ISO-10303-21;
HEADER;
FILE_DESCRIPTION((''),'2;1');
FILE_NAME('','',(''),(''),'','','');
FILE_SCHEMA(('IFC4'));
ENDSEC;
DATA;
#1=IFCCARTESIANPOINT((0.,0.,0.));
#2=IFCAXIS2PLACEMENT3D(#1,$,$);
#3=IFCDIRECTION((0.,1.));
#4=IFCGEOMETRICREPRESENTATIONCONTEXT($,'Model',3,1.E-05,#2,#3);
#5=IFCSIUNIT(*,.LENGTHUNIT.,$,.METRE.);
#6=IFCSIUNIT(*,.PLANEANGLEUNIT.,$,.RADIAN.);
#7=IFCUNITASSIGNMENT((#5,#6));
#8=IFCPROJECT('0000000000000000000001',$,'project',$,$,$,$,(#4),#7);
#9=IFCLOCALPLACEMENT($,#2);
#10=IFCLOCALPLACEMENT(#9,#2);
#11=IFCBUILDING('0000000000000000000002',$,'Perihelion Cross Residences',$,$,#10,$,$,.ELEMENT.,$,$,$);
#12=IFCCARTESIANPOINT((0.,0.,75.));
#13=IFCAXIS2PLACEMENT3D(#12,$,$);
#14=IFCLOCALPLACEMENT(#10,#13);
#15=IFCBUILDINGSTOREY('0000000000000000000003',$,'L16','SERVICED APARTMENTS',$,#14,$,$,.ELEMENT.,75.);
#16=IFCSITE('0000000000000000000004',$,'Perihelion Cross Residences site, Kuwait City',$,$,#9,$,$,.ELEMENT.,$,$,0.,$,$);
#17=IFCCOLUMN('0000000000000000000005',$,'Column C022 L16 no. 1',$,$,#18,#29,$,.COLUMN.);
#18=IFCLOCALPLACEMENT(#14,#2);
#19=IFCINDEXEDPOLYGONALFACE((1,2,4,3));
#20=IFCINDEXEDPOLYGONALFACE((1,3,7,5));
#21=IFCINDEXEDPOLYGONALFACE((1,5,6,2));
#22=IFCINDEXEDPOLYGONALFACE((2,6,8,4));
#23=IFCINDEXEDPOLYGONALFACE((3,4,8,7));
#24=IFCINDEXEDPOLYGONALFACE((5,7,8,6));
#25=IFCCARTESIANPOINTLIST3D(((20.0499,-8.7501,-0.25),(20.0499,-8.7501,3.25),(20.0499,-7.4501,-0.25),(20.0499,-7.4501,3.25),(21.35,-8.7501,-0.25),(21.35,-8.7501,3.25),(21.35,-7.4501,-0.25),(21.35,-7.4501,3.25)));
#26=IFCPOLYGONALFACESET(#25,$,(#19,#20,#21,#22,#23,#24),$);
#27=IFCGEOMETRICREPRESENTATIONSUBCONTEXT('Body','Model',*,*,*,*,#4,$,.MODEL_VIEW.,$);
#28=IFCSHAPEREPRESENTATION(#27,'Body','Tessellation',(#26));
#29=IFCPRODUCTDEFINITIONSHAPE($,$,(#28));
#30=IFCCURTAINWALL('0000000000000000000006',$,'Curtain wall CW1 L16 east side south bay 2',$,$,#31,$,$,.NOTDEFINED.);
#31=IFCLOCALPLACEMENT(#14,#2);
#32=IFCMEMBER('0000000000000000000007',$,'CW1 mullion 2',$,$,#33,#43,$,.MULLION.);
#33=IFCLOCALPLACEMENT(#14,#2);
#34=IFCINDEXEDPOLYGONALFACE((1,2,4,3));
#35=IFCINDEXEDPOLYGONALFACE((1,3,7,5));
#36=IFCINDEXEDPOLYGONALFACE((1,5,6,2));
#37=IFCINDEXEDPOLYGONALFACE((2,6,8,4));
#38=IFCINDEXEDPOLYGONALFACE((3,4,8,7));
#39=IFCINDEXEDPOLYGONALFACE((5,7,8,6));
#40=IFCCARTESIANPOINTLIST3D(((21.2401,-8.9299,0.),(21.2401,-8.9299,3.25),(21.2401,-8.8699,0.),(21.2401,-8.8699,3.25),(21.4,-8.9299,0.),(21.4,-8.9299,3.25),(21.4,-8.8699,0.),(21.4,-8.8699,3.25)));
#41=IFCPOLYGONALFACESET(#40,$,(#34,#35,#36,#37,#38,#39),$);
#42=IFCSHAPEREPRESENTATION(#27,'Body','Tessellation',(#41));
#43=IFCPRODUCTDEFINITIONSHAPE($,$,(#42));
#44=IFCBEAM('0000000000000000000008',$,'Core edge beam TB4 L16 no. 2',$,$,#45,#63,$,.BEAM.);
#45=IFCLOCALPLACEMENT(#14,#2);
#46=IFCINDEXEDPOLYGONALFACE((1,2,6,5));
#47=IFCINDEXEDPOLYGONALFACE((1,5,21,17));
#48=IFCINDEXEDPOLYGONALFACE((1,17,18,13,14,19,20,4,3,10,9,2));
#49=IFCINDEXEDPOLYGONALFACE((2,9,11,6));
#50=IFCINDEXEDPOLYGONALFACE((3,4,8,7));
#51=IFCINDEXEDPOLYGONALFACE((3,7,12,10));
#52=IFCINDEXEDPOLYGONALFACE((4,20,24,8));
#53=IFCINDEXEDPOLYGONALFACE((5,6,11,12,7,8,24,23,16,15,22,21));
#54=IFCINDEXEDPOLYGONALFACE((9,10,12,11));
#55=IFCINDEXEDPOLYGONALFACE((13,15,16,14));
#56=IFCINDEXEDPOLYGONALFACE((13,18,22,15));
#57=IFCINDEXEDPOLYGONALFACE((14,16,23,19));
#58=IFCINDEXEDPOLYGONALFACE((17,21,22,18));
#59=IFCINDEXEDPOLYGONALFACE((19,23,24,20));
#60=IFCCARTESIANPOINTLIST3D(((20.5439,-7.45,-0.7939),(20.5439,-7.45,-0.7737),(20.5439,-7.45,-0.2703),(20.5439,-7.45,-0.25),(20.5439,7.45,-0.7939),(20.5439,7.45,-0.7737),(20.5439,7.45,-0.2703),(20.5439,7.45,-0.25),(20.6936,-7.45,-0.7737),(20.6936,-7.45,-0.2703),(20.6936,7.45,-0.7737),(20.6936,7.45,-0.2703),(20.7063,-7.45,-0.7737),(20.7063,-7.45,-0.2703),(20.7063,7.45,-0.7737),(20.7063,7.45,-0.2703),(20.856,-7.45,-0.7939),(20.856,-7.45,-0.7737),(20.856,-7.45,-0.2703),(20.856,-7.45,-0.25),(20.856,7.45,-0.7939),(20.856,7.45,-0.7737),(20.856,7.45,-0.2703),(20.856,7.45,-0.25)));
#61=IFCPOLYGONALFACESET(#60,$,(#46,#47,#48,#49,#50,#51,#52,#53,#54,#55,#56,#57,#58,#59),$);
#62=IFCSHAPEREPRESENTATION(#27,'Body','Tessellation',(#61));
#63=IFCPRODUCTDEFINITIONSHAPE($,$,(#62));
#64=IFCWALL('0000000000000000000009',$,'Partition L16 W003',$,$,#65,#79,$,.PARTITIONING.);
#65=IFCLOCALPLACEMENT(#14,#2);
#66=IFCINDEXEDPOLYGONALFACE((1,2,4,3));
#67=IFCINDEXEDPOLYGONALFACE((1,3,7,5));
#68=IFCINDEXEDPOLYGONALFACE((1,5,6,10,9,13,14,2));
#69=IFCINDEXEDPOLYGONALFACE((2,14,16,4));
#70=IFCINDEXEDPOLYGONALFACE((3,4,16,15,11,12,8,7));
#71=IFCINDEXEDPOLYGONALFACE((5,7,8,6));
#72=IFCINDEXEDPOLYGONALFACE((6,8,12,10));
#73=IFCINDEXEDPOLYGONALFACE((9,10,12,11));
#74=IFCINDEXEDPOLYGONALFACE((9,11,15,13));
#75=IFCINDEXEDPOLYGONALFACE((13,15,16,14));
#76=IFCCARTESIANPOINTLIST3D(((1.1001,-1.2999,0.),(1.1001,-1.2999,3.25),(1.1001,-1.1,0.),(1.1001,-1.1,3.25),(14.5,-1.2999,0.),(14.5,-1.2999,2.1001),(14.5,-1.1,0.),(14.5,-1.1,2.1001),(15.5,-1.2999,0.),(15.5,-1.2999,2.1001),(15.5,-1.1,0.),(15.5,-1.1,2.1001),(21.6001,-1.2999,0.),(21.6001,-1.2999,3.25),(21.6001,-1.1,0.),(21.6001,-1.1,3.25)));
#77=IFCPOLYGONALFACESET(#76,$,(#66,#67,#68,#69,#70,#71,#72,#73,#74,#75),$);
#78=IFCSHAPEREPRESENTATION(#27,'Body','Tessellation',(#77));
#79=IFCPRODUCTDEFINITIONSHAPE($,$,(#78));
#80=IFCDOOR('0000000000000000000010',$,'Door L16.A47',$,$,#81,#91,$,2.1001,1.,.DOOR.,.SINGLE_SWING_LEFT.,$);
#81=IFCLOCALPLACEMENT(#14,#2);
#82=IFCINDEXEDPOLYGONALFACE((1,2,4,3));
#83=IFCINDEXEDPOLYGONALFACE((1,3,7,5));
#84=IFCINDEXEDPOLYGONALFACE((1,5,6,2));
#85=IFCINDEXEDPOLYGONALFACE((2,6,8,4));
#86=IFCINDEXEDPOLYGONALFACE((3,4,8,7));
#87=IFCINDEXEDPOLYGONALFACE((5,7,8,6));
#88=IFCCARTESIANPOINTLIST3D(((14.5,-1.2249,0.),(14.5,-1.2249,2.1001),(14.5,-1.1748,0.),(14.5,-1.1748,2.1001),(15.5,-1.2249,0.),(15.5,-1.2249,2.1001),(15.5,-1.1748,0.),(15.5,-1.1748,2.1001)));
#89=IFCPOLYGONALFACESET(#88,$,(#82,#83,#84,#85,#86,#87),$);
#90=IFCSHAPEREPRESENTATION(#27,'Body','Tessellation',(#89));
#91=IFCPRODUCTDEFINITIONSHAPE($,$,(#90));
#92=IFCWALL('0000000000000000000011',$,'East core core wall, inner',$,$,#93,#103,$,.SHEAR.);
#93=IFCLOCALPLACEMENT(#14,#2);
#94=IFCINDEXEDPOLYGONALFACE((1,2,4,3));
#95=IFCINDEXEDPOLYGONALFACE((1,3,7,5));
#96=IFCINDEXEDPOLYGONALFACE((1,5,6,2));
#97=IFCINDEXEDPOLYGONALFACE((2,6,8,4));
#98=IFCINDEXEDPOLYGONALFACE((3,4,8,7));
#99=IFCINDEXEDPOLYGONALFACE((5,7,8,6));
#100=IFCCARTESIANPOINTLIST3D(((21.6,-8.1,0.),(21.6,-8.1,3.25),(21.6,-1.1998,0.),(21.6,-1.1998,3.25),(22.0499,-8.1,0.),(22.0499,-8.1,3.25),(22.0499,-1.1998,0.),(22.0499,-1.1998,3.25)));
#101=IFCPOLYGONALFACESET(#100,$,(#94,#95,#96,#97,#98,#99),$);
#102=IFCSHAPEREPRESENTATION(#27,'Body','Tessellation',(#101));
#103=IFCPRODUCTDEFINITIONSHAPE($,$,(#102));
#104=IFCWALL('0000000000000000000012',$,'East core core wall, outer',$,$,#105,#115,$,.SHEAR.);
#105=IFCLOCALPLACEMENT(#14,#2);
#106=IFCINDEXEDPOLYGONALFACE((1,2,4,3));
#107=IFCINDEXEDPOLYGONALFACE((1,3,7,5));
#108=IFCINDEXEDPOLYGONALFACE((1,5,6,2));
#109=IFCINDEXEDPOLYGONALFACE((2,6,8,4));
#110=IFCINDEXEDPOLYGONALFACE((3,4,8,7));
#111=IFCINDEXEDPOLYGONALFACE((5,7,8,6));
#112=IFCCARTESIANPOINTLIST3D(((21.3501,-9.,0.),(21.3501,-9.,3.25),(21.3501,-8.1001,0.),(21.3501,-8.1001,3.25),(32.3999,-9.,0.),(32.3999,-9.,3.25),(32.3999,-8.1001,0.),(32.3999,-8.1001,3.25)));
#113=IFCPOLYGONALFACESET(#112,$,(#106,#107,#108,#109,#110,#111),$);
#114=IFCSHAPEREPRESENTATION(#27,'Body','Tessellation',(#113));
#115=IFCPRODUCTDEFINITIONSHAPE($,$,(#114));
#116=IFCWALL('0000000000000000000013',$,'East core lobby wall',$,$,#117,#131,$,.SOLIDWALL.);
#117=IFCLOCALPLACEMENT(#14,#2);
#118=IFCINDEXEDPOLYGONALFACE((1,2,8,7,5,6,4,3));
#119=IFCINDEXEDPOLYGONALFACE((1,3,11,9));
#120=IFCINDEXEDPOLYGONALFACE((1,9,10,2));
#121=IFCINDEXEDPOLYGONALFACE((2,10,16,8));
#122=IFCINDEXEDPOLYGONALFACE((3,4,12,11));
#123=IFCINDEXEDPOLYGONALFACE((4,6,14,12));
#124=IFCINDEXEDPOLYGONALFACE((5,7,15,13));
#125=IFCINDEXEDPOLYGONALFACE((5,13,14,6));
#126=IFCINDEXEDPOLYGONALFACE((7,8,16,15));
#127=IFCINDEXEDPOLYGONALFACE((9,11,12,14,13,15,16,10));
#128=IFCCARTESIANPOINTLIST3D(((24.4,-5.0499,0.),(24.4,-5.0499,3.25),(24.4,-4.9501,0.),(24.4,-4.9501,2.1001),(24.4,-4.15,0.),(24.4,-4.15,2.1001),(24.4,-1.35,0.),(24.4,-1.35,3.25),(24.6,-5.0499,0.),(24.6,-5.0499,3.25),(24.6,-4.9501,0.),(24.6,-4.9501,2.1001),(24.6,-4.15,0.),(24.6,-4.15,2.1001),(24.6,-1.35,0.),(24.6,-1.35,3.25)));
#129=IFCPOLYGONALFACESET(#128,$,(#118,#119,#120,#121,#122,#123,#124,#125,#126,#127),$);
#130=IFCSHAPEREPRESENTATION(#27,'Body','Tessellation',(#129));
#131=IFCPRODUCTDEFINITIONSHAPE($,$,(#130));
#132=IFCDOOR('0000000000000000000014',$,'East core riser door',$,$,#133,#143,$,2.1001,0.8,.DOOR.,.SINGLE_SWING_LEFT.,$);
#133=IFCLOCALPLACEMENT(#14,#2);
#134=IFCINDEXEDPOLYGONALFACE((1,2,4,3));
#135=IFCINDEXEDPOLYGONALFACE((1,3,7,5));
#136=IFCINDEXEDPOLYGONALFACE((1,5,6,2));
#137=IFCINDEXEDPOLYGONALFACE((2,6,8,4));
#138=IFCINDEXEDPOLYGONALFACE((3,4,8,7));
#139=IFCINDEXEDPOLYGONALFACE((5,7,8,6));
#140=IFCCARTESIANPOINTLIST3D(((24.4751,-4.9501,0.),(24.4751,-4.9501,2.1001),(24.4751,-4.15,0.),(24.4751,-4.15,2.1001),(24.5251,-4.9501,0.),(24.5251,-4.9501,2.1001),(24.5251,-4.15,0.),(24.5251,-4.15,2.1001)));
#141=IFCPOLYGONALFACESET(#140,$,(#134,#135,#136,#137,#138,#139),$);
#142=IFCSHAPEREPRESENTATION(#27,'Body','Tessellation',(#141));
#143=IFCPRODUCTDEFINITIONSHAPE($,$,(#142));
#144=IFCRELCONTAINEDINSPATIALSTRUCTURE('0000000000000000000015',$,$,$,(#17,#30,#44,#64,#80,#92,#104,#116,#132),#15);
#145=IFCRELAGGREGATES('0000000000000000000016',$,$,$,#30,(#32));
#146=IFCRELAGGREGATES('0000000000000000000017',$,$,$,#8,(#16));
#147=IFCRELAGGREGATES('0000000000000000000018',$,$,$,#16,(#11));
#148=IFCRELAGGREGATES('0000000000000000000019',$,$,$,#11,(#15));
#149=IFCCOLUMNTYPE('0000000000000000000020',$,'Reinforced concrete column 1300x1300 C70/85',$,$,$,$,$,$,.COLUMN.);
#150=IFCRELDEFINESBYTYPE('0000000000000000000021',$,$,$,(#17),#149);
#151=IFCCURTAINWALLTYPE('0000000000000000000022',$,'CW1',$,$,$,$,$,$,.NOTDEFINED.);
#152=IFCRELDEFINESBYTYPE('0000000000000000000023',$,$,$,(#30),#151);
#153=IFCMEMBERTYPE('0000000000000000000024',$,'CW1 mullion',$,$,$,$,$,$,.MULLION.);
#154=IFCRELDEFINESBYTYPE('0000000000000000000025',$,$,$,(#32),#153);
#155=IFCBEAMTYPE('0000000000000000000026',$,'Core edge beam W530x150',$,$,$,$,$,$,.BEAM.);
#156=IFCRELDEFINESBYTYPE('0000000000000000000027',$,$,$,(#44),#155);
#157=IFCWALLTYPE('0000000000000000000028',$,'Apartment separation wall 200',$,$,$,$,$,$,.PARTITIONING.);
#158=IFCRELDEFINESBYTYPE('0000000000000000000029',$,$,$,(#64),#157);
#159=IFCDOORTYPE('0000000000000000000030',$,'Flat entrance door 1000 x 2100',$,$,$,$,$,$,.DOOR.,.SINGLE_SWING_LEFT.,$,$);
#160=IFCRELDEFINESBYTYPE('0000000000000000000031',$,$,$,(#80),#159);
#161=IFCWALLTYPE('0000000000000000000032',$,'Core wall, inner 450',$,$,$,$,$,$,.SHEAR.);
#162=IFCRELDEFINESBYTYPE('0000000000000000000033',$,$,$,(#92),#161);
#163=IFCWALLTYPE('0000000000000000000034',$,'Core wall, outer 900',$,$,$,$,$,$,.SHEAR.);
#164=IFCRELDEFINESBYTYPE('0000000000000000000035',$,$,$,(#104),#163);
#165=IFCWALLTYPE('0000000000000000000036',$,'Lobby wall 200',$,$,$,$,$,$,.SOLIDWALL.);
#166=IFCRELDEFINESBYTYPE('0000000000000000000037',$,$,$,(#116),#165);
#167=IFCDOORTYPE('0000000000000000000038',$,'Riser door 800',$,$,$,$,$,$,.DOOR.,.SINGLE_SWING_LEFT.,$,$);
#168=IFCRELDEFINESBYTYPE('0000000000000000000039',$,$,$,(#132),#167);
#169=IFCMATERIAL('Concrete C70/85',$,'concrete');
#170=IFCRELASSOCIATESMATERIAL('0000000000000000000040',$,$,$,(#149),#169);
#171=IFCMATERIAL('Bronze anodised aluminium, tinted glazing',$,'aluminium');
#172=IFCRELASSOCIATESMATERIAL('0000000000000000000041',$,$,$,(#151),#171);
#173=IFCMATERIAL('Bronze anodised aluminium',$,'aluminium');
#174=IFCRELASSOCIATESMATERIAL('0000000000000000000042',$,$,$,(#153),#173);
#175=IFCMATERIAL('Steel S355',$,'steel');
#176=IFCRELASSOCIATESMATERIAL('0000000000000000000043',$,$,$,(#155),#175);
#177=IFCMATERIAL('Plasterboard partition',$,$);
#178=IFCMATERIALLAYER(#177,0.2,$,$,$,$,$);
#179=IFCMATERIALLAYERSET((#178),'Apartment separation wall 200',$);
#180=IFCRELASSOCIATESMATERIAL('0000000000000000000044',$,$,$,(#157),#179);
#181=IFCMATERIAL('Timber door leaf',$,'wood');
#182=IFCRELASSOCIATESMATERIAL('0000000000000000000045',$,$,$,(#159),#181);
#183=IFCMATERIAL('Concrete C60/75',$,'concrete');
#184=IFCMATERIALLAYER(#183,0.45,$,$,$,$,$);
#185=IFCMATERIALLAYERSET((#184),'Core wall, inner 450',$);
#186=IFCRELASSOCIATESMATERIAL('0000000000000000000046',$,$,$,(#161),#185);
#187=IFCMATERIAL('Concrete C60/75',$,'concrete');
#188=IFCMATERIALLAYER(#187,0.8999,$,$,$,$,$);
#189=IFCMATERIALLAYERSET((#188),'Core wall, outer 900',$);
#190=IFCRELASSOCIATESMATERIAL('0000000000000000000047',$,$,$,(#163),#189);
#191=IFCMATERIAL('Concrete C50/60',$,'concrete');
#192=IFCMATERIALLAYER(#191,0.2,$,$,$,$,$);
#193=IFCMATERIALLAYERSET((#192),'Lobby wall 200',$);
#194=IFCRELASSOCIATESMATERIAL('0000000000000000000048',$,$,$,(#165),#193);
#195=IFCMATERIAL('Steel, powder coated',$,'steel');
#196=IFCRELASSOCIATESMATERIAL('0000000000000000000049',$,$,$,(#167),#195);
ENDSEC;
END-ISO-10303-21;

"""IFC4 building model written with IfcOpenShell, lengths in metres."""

from ifc_helpers import new_model, si_unit, direction, frame, frame_2d, origin, origin_2d, place, context, subcontext, project, spatial, rectangle, i_section, extrude, material, layer, layer_set, material_profile, profile_set, type_object, element, fill, aggregate, save


model = new_model("IFC4")

# Units and contexts
model_context = context("Model", 3, precision=1e-05, world=origin(), true_north=direction((0.0, 1.0)))
body_context = subcontext(model_context, "Body", "Model", "MODEL_VIEW")
ifc_project = project(units=[si_unit("LENGTHUNIT", "METRE"), si_unit("PLANEANGLEUNIT", "RADIAN")], contexts=[model_context])

# Site, building, storey
site_placement = place(None, origin())
site = spatial("IfcSite", under=ifc_project, at=site_placement, Name="Perihelion Cross Residences site, Kuwait City", CompositionType="ELEMENT", RefElevation=0.0)
building_placement = place(site_placement, origin())
building = spatial("IfcBuilding", under=site, at=building_placement, Name="Perihelion Cross Residences", CompositionType="ELEMENT")
storey_placement = place(building_placement, frame((0.0, 0.0, 75.0)))
storey = spatial("IfcBuildingStorey", under=building, at=storey_placement, Name="L16", Description="SERVICED APARTMENTS", CompositionType="ELEMENT", Elevation=75.0)

# Column
ifc_material_1 = material(Name="Concrete C70/85", Category="concrete")
ifc_material_profile_1 = material_profile(ifc_material_1, rectangle(XDim=1.3, YDim=1.3, at=origin_2d()), Name="RC 1300x1300")
ifc_profile_set_1 = profile_set([ifc_material_profile_1], Name="Concrete C70/85")
column_type = type_object("IfcColumnType", Name="Reinforced concrete column 1300x1300 C70/85", PredefinedType="COLUMN", material=ifc_profile_set_1)
column_placement = place(storey_placement, frame((20.7, -8.1001, -0.25), z_axis=(0.0, 0.0, 1.0), x_axis=(1.0, 0.0, 0.0)))
element("IfcColumn", 1, at=column_placement, inside=storey, type_object=column_type, Name="Column C022 L16 no. 1", PredefinedType="COLUMN", context=body_context, shape_type="SweptSolid", body=[
    extrude(rectangle(XDim=1.3, YDim=1.3, at=origin_2d()), origin(), (0.0, 0.0, 1.0), 3.5),
])

# Curtain wall, member
ifc_material_2 = material(Name="Bronze anodised aluminium, tinted glazing", Category="aluminium")
curtain_wall_type = type_object("IfcCurtainWallType", Name="CW1", PredefinedType="NOTDEFINED", material=ifc_material_2)
curtain_wall_placement = place(storey_placement, origin())
curtain_wall = element("IfcCurtainWall", 2, at=curtain_wall_placement, inside=storey, type_object=curtain_wall_type, Name="Curtain wall CW1 L16 east side south bay 2", PredefinedType="NOTDEFINED")
ifc_material_3 = material(Name="Bronze anodised aluminium", Category="aluminium")
ifc_material_profile_2 = material_profile(ifc_material_3, rectangle(XDim=0.0601, YDim=0.1599, at=origin_2d()), Name="CW1 mullion")
ifc_profile_set_2 = profile_set([ifc_material_profile_2], Name="Bronze anodised aluminium")
member_type = type_object("IfcMemberType", Name="CW1 mullion", PredefinedType="MULLION", material=ifc_profile_set_2)
member_placement = place(storey_placement, frame((21.3201, -8.8999, 0.0), z_axis=(0.0, 0.0, 1.0), x_axis=(0.0, 1.0, 0.0)))
member = element("IfcMember", 3, at=member_placement, type_object=member_type, Name="CW1 mullion 2", PredefinedType="MULLION", context=body_context, shape_type="SweptSolid", body=[
    extrude(rectangle(XDim=0.0601, YDim=0.1599, at=origin_2d()), origin(), (0.0, 0.0, 1.0), 3.25),
])
aggregate(curtain_wall, [member])

# Beam
ifc_material_4 = material(Name="Steel S355", Category="steel")
ifc_material_profile_3 = material_profile(ifc_material_4, i_section(OverallWidth=0.312, OverallDepth=0.5439, WebThickness=0.0127, FlangeThickness=0.0203, at=origin_2d()), Name="W530x150")
ifc_profile_set_3 = profile_set([ifc_material_profile_3], Name="Steel S355")
beam_type = type_object("IfcBeamType", Name="Core edge beam W530x150", PredefinedType="BEAM", material=ifc_profile_set_3)
beam_placement = place(storey_placement, frame((20.7, -7.45, -0.522), z_axis=(0.0, 1.0, 0.0), x_axis=(-1.0, 0.0, 0.0)))
element("IfcBeam", 4, at=beam_placement, inside=storey, type_object=beam_type, Name="Core edge beam TB4 L16 no. 2", PredefinedType="BEAM", context=body_context, shape_type="SweptSolid", body=[
    extrude(i_section(OverallWidth=0.312, OverallDepth=0.5439, WebThickness=0.0127, FlangeThickness=0.0203, at=origin_2d()), origin(), (0.0, 0.0, 1.0), 14.8999),
])

# Wall, opening, door
ifc_material_5 = material(Name="Plasterboard partition")
ifc_layer_1 = layer(ifc_material_5, 0.2)
ifc_layer_set_1 = layer_set([ifc_layer_1], Name="Apartment separation wall 200")
wall_type_1 = type_object("IfcWallType", Name="Apartment separation wall 200", PredefinedType="PARTITIONING", material=ifc_layer_set_1)
wall_1_placement = place(storey_placement, frame((21.6001, -1.2, 0.0), z_axis=(0.0, 0.0, 1.0), x_axis=(-1.0, 0.0, 0.0)))
wall_1 = element("IfcWall", 5, at=wall_1_placement, inside=storey, type_object=wall_type_1, Name="Partition L16 W003", PredefinedType="PARTITIONING", context=body_context, shape_type="SweptSolid", body=[
    extrude(rectangle(XDim=20.5, YDim=0.2, at=frame_2d((10.25, 0.0))), origin(), (0.0, 0.0, 1.0), 3.25),
])
opening_1_placement = place(wall_1_placement, frame((6.1001, 0.0, 0.0)))
opening_1 = element("IfcOpeningElement", 6, at=opening_1_placement, cuts=wall_1, PredefinedType="OPENING", context=body_context, shape_type="SweptSolid", body=[
    extrude(rectangle(XDim=1.0, YDim=2.1001, at=frame_2d((0.5, 1.05))), frame((0.0, 0.1099, 0.0), z_axis=(0.0, -1.0, 0.0), x_axis=(1.0, 0.0, 0.0)), (0.0, 0.0, 1.0), 0.22),
])
ifc_material_6 = material(Name="Timber door leaf", Category="wood")
door_type_1 = type_object("IfcDoorType", Name="Flat entrance door 1000 x 2100", OperationType="SINGLE_SWING_LEFT", PredefinedType="DOOR", material=ifc_material_6)
door_1_placement = place(opening_1_placement, origin())
door_1 = element("IfcDoor", 7, at=door_1_placement, inside=storey, type_object=door_type_1, Name="Door L16.A47", OperationType="SINGLE_SWING_LEFT", OverallHeight=2.1001, OverallWidth=1.0, PredefinedType="DOOR", context=body_context, shape_type="SweptSolid", body=[
    extrude(rectangle(XDim=1.0, YDim=2.1001, at=frame_2d((0.5, 1.05))), frame((0.0, 0.0249, 0.0), z_axis=(0.0, -1.0, 0.0), x_axis=(1.0, 0.0, 0.0)), (0.0, 0.0, 1.0), 0.05),
])
fill(opening_1, door_1)

# Walls
ifc_material_7 = material(Name="Concrete C60/75", Category="concrete")
ifc_layer_2 = layer(ifc_material_7, 0.45)
ifc_layer_set_2 = layer_set([ifc_layer_2], Name="Core wall, inner 450")
wall_type_2 = type_object("IfcWallType", Name="Core wall, inner 450", PredefinedType="SHEAR", material=ifc_layer_set_2)
wall_2_placement = place(storey_placement, frame((21.825, -8.1001, 0.0), z_axis=(0.0, 0.0, 1.0), x_axis=(0.0, 1.0, 0.0)))
element("IfcWall", 8, at=wall_2_placement, inside=storey, type_object=wall_type_2, Name="East core core wall, inner", PredefinedType="SHEAR", context=body_context, shape_type="SweptSolid", body=[
    extrude(rectangle(XDim=6.9001, YDim=0.45, at=frame_2d((3.4502, 0.0))), origin(), (0.0, 0.0, 1.0), 3.25),
])
ifc_material_8 = material(Name="Concrete C60/75", Category="concrete")
ifc_layer_3 = layer(ifc_material_8, 0.8999)
ifc_layer_set_3 = layer_set([ifc_layer_3], Name="Core wall, outer 900")
wall_type_3 = type_object("IfcWallType", Name="Core wall, outer 900", PredefinedType="SHEAR", material=ifc_layer_set_3)
wall_3_placement = place(storey_placement, frame((21.3501, -8.55, 0.0), z_axis=(0.0, 0.0, 1.0), x_axis=(1.0, 0.0, 0.0)))
element("IfcWall", 9, at=wall_3_placement, inside=storey, type_object=wall_type_3, Name="East core core wall, outer", PredefinedType="SHEAR", context=body_context, shape_type="SweptSolid", body=[
    extrude(rectangle(XDim=11.0498, YDim=0.8999, at=frame_2d((5.5249, 0.0))), origin(), (0.0, 0.0, 1.0), 3.25),
])

# Wall, opening, door
ifc_material_9 = material(Name="Concrete C50/60", Category="concrete")
ifc_layer_4 = layer(ifc_material_9, 0.2)
ifc_layer_set_4 = layer_set([ifc_layer_4], Name="Lobby wall 200")
wall_type_4 = type_object("IfcWallType", Name="Lobby wall 200", PredefinedType="SOLIDWALL", material=ifc_layer_set_4)
wall_4_placement = place(storey_placement, frame((24.5, -5.05, 0.0), z_axis=(0.0, 0.0, 1.0), x_axis=(0.0, 1.0, 0.0)))
wall_4 = element("IfcWall", 10, at=wall_4_placement, inside=storey, type_object=wall_type_4, Name="East core lobby wall", PredefinedType="SOLIDWALL", context=body_context, shape_type="SweptSolid", body=[
    extrude(rectangle(XDim=3.7, YDim=0.2, at=frame_2d((1.8501, 0.0))), origin(), (0.0, 0.0, 1.0), 3.25),
])
opening_2_placement = place(wall_4_placement, frame((0.1001, 0.0, 0.0)))
opening_2 = element("IfcOpeningElement", 11, at=opening_2_placement, cuts=wall_4, PredefinedType="OPENING", context=body_context, shape_type="SweptSolid", body=[
    extrude(rectangle(XDim=0.8, YDim=2.1001, at=frame_2d((0.3999, 1.05))), frame((0.0, 0.1099, 0.0), z_axis=(0.0, -1.0, 0.0), x_axis=(1.0, 0.0, 0.0)), (0.0, 0.0, 1.0), 0.22),
])
ifc_material_10 = material(Name="Steel, powder coated", Category="steel")
door_type_2 = type_object("IfcDoorType", Name="Riser door 800", OperationType="SINGLE_SWING_LEFT", PredefinedType="DOOR", material=ifc_material_10)
door_2_placement = place(opening_2_placement, origin())
door_2 = element("IfcDoor", 12, at=door_2_placement, inside=storey, type_object=door_type_2, Name="East core riser door", OperationType="SINGLE_SWING_LEFT", OverallHeight=2.1001, OverallWidth=0.8, PredefinedType="DOOR", context=body_context, shape_type="SweptSolid", body=[
    extrude(rectangle(XDim=0.8, YDim=2.1001, at=frame_2d((0.3999, 1.05))), frame((0.0, 0.0249, 0.0), z_axis=(0.0, -1.0, 0.0), x_axis=(1.0, 0.0, 0.0)), (0.0, 0.0, 1.0), 0.05),
])
fill(opening_2, door_2)

save(model, "model.ifc")
